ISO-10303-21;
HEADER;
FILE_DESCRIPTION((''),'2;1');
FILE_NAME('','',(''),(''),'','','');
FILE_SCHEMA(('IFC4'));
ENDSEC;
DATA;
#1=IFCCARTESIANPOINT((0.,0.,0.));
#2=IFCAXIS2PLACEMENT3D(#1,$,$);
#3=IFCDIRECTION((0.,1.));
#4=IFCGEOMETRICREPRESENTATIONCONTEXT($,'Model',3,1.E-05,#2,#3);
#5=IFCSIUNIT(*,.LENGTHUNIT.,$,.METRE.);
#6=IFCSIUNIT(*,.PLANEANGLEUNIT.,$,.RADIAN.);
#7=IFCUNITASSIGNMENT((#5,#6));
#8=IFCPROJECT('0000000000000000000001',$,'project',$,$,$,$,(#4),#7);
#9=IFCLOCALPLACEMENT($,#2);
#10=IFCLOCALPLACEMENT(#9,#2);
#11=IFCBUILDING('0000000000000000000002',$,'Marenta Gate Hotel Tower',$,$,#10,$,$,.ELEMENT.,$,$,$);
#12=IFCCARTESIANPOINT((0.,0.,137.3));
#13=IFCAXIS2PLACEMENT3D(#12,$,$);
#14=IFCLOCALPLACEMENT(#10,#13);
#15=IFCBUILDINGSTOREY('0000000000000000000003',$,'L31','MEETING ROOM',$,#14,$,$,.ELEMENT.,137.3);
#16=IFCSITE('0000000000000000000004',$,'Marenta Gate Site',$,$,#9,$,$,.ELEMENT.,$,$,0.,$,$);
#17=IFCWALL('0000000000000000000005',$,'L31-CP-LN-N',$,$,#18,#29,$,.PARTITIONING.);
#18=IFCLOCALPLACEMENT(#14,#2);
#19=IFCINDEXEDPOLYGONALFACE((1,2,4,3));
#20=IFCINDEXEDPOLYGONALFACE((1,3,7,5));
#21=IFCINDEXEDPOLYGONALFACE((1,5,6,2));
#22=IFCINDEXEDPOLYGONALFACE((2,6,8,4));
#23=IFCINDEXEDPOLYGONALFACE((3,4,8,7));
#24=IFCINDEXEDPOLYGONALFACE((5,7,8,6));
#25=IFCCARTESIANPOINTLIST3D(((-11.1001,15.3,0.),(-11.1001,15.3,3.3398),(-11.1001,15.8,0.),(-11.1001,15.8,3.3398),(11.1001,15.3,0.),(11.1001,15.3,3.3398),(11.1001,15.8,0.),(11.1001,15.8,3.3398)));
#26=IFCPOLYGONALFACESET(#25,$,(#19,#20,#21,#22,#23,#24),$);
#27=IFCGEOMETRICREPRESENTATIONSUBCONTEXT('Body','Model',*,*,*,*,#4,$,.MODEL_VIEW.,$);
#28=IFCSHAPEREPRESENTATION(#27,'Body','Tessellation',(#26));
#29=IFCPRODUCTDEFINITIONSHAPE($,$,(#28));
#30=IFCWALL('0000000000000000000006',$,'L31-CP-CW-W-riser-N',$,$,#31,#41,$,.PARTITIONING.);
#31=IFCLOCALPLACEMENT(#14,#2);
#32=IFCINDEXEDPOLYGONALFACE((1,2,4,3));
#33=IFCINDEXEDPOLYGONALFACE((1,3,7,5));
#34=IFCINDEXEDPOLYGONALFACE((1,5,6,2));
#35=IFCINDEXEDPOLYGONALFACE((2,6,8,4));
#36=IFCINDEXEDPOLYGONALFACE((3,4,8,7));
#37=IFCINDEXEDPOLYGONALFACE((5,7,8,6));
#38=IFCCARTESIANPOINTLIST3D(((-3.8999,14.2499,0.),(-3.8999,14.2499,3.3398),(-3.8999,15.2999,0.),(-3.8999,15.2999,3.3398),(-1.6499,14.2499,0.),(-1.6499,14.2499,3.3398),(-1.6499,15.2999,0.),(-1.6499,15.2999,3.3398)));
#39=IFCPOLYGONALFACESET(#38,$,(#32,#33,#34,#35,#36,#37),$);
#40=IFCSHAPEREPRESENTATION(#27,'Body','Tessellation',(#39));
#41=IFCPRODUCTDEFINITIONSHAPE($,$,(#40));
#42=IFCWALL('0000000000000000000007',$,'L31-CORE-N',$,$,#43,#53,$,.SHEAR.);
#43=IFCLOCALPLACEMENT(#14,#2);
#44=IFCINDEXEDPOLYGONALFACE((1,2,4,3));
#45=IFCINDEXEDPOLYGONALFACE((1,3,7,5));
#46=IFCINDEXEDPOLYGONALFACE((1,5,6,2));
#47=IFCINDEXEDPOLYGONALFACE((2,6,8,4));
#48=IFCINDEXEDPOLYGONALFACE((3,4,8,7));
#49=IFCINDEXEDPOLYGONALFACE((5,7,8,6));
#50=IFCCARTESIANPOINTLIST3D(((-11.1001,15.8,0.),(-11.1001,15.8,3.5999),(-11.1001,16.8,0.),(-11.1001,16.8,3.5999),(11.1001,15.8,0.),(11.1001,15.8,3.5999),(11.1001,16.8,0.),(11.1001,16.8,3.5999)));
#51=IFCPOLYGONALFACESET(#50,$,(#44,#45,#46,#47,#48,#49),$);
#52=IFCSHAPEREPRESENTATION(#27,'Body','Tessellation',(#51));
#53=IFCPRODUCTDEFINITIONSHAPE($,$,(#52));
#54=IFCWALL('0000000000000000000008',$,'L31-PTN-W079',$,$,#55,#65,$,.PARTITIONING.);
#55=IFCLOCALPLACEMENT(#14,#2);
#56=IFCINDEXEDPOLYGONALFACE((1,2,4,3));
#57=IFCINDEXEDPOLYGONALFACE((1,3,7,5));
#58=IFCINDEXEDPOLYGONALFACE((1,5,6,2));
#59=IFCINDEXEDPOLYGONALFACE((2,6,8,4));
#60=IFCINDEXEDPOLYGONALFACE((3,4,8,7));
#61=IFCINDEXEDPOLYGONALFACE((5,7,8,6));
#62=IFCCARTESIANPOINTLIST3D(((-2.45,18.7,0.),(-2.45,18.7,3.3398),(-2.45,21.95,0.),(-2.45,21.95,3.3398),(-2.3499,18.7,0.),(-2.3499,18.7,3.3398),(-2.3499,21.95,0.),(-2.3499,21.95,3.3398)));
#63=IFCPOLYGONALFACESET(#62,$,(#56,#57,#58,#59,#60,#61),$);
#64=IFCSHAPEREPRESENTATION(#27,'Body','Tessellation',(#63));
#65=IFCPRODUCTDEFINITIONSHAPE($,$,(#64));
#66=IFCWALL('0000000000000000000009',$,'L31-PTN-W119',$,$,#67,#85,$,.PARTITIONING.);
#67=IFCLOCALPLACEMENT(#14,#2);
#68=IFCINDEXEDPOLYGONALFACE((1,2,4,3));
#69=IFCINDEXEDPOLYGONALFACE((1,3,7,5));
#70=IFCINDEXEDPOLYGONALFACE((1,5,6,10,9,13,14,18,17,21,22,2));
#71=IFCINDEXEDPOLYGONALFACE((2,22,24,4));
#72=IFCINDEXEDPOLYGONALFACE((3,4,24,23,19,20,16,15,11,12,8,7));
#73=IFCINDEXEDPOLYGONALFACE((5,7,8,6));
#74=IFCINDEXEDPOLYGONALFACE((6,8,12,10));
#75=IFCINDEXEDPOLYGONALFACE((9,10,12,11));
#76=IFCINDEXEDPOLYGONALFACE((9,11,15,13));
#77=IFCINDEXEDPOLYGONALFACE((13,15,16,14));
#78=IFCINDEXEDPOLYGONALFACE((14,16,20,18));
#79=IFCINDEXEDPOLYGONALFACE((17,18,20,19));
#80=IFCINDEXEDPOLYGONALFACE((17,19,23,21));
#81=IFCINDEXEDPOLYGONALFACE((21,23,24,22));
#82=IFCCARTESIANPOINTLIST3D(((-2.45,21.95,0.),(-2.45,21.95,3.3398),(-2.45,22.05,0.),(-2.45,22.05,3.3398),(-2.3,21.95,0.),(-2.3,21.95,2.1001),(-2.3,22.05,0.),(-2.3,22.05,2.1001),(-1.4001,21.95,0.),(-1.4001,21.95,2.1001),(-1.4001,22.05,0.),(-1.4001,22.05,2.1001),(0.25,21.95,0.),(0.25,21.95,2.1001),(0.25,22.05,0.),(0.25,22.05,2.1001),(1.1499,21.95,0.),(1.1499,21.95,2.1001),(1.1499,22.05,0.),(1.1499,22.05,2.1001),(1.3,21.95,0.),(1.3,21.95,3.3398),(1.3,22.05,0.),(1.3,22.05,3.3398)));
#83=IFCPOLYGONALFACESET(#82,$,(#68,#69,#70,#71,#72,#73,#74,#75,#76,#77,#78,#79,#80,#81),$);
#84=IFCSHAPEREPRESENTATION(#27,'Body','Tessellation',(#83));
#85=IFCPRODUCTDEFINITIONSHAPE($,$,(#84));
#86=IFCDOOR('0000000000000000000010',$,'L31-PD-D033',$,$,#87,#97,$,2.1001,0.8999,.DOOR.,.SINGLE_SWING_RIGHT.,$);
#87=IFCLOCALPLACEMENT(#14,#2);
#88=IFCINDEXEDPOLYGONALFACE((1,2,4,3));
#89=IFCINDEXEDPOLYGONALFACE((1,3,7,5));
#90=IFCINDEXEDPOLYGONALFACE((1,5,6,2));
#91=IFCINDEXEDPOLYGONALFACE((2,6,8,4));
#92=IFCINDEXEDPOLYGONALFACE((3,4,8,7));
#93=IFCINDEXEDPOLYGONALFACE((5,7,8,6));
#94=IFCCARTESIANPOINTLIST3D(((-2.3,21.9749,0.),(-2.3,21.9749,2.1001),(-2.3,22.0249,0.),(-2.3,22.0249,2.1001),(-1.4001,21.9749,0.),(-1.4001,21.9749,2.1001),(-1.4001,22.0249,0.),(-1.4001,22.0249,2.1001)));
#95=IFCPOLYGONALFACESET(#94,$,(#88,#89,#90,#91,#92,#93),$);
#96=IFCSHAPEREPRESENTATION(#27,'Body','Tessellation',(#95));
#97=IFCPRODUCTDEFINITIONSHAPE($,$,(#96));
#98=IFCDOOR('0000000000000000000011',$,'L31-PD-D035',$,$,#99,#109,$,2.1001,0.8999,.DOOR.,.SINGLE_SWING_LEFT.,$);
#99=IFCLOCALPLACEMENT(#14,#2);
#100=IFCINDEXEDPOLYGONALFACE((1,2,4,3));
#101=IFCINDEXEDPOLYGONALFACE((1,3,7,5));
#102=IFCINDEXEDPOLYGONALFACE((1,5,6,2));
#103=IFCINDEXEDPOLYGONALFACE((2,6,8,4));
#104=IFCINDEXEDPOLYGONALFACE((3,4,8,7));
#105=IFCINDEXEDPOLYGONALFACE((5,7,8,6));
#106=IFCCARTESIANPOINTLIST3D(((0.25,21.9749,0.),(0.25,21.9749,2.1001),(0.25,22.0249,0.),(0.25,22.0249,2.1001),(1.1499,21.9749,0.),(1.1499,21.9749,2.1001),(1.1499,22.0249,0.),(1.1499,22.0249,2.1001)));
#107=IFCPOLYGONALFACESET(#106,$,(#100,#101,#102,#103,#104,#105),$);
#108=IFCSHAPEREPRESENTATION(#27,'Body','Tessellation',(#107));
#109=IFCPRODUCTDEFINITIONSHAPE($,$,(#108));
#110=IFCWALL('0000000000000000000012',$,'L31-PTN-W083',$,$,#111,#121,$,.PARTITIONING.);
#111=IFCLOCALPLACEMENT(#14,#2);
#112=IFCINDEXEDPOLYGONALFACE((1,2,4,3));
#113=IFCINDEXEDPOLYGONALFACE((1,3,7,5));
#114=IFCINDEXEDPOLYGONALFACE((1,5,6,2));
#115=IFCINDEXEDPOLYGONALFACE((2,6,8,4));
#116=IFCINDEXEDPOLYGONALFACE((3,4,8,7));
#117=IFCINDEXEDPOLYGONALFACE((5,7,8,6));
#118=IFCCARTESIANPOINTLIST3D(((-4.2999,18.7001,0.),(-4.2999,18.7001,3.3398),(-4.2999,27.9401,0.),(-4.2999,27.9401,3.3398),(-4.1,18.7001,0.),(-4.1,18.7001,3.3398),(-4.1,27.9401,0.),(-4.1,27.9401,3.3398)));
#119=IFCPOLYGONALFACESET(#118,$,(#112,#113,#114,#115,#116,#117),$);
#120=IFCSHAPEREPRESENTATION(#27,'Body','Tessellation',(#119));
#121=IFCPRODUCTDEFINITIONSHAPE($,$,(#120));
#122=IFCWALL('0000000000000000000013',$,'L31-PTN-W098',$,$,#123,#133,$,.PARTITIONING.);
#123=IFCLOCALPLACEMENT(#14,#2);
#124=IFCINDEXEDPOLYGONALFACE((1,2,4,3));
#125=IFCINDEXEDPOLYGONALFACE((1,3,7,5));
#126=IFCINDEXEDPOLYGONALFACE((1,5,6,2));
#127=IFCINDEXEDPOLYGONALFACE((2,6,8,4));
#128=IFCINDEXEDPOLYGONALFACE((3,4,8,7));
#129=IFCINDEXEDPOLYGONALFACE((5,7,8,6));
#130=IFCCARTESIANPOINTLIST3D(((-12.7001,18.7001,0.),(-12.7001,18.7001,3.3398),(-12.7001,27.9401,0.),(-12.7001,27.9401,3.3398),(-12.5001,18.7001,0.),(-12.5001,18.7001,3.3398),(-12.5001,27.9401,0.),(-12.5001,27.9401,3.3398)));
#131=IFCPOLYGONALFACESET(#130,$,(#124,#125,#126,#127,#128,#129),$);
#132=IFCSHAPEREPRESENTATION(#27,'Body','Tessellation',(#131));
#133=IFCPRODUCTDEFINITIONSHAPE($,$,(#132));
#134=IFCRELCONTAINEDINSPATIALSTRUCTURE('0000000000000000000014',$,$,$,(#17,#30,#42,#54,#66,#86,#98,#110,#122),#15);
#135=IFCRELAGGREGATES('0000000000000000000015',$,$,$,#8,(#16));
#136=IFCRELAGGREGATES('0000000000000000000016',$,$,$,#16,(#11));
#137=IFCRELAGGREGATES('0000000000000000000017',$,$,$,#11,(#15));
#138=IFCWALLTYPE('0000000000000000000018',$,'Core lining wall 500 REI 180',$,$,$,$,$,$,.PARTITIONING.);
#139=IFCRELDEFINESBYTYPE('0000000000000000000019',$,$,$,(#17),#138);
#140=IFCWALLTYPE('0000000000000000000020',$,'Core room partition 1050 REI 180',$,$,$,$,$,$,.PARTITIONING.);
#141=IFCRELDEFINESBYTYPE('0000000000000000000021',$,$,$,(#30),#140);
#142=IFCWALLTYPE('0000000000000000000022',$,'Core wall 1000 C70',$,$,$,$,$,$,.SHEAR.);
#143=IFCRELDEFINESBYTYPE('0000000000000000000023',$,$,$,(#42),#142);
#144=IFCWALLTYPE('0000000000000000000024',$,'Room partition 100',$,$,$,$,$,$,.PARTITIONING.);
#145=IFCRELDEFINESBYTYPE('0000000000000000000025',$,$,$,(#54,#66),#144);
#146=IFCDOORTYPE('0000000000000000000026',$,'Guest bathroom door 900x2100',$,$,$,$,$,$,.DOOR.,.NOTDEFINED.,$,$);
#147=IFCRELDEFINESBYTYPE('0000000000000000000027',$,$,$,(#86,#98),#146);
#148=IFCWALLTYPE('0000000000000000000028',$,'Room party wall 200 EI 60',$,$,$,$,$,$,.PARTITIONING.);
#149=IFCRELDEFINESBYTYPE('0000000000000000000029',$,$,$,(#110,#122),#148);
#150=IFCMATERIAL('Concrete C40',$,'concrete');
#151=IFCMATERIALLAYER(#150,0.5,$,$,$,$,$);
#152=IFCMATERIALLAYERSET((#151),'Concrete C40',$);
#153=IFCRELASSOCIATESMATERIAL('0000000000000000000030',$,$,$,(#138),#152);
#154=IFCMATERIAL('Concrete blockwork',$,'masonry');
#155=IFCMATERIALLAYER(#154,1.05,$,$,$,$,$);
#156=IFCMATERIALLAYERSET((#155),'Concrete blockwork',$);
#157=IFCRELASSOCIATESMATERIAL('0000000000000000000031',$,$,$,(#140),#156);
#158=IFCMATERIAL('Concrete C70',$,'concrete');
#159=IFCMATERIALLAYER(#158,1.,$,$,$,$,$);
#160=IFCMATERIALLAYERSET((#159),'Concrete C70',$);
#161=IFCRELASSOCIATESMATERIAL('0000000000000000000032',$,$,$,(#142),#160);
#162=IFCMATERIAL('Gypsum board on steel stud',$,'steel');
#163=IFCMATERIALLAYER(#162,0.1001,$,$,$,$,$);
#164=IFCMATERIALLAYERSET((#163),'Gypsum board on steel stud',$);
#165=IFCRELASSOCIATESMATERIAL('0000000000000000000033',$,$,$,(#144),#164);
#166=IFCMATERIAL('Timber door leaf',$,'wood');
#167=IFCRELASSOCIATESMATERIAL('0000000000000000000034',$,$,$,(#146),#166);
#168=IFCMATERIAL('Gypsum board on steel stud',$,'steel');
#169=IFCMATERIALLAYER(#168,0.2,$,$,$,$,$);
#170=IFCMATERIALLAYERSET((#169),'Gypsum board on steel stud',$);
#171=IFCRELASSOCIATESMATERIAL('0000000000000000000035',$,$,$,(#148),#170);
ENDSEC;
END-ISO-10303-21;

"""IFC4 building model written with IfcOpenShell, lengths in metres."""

from ifc_helpers import new_model, si_unit, direction, frame, frame_2d, origin, place, context, subcontext, project, spatial, rectangle, extrude, material, layer, layer_set, type_object, element, fill, save


model = new_model("IFC4")

# Units and contexts
model_context = context("Model", 3, precision=1e-05, world=origin(), true_north=direction((0.0, 1.0)))
body_context = subcontext(model_context, "Body", "Model", "MODEL_VIEW")
ifc_project = project(units=[si_unit("LENGTHUNIT", "METRE"), si_unit("PLANEANGLEUNIT", "RADIAN")], contexts=[model_context])

# Site, building, storey
site_placement = place(None, origin())
site = spatial("IfcSite", under=ifc_project, at=site_placement, Name="Marenta Gate Site", CompositionType="ELEMENT", RefElevation=0.0)
building_placement = place(site_placement, origin())
building = spatial("IfcBuilding", under=site, at=building_placement, Name="Marenta Gate Hotel Tower", CompositionType="ELEMENT")
storey_placement = place(building_placement, frame((0.0, 0.0, 137.3)))
storey = spatial("IfcBuildingStorey", under=building, at=storey_placement, Name="L31", Description="MEETING ROOM", CompositionType="ELEMENT", Elevation=137.3)

# Walls
ifc_material_1 = material(Name="Concrete C40", Category="concrete")
ifc_layer_1 = layer(ifc_material_1, 0.5)
ifc_layer_set_1 = layer_set([ifc_layer_1], Name="Concrete C40")
wall_type_1 = type_object("IfcWallType", Name="Core lining wall 500 REI 180", PredefinedType="PARTITIONING", material=ifc_layer_set_1)
wall_1_placement = place(storey_placement, frame((-11.1001, 15.55, 0.0), z_axis=(0.0, 0.0, 1.0), x_axis=(1.0, 0.0, 0.0)))
element("IfcWall", 1, at=wall_1_placement, inside=storey, type_object=wall_type_1, Name="L31-CP-LN-N", PredefinedType="PARTITIONING", context=body_context, shape_type="SweptSolid", body=[
    extrude(rectangle(XDim=22.2002, YDim=0.5, at=frame_2d((11.1001, 0.0))), origin(), (0.0, 0.0, 1.0), 3.3398),
])
ifc_material_2 = material(Name="Concrete blockwork", Category="masonry")
ifc_layer_2 = layer(ifc_material_2, 1.05)
ifc_layer_set_2 = layer_set([ifc_layer_2], Name="Concrete blockwork")
wall_type_2 = type_object("IfcWallType", Name="Core room partition 1050 REI 180", PredefinedType="PARTITIONING", material=ifc_layer_set_2)
wall_2_placement = place(storey_placement, frame((-3.8999, 14.7749, 0.0), z_axis=(0.0, 0.0, 1.0), x_axis=(1.0, 0.0, 0.0)))
element("IfcWall", 2, at=wall_2_placement, inside=storey, type_object=wall_type_2, Name="L31-CP-CW-W-riser-N", PredefinedType="PARTITIONING", context=body_context, shape_type="SweptSolid", body=[
    extrude(rectangle(XDim=2.25, YDim=1.05, at=frame_2d((1.125, 0.0))), origin(), (0.0, 0.0, 1.0), 3.3398),
])
ifc_material_3 = material(Name="Concrete C70", Category="concrete")
ifc_layer_3 = layer(ifc_material_3, 1.0)
ifc_layer_set_3 = layer_set([ifc_layer_3], Name="Concrete C70")
wall_type_3 = type_object("IfcWallType", Name="Core wall 1000 C70", PredefinedType="SHEAR", material=ifc_layer_set_3)
wall_3_placement = place(storey_placement, frame((-11.1001, 16.3, 0.0), z_axis=(0.0, 0.0, 1.0), x_axis=(1.0, 0.0, 0.0)))
element("IfcWall", 3, at=wall_3_placement, inside=storey, type_object=wall_type_3, Name="L31-CORE-N", PredefinedType="SHEAR", context=body_context, shape_type="SweptSolid", body=[
    extrude(rectangle(XDim=22.2002, YDim=1.0, at=frame_2d((11.1001, 0.0))), origin(), (0.0, 0.0, 1.0), 3.5999),
])
ifc_material_4 = material(Name="Gypsum board on steel stud", Category="steel")
ifc_layer_4 = layer(ifc_material_4, 0.1001)
ifc_layer_set_4 = layer_set([ifc_layer_4], Name="Gypsum board on steel stud")
wall_type_4 = type_object("IfcWallType", Name="Room partition 100", PredefinedType="PARTITIONING", material=ifc_layer_set_4)
wall_4_placement = place(storey_placement, frame((-2.3999, 18.7, 0.0), z_axis=(0.0, 0.0, 1.0), x_axis=(0.0, 1.0, 0.0)))
element("IfcWall", 4, at=wall_4_placement, inside=storey, type_object=wall_type_4, Name="L31-PTN-W079", PredefinedType="PARTITIONING", context=body_context, shape_type="SweptSolid", body=[
    extrude(rectangle(XDim=3.25, YDim=0.1001, at=frame_2d((1.625, 0.0))), origin(), (0.0, 0.0, 1.0), 3.3398),
])

# Wall, openings, doors
wall_5_placement = place(storey_placement, frame((-2.45, 22.0, 0.0), z_axis=(0.0, 0.0, 1.0), x_axis=(1.0, 0.0, 0.0)))
wall_5 = element("IfcWall", 5, at=wall_5_placement, inside=storey, type_object=wall_type_4, Name="L31-PTN-W119", PredefinedType="PARTITIONING", context=body_context, shape_type="SweptSolid", body=[
    extrude(rectangle(XDim=3.75, YDim=0.1001, at=frame_2d((1.875, 0.0))), origin(), (0.0, 0.0, 1.0), 3.3398),
])
opening_1_placement = place(wall_5_placement, frame((0.1499, 0.0, 0.0)))
opening_1 = element("IfcOpeningElement", 6, at=opening_1_placement, cuts=wall_5, PredefinedType="OPENING", context=body_context, shape_type="SweptSolid", body=[
    extrude(rectangle(XDim=0.8999, YDim=2.1001, at=frame_2d((0.45, 1.05))), frame((0.0, 0.05, 0.0), z_axis=(0.0, -1.0, 0.0), x_axis=(1.0, 0.0, 0.0)), (0.0, 0.0, 1.0), 0.1001),
])
opening_2_placement = place(wall_5_placement, frame((2.7, 0.0, 0.0)))
opening_2 = element("IfcOpeningElement", 7, at=opening_2_placement, cuts=wall_5, PredefinedType="OPENING", context=body_context, shape_type="SweptSolid", body=[
    extrude(rectangle(XDim=0.8999, YDim=2.1001, at=frame_2d((0.45, 1.05))), frame((0.0, 0.05, 0.0), z_axis=(0.0, -1.0, 0.0), x_axis=(1.0, 0.0, 0.0)), (0.0, 0.0, 1.0), 0.1001),
])
ifc_material_5 = material(Name="Timber door leaf", Category="wood")
door_type_1 = type_object("IfcDoorType", Name="Guest bathroom door 900x2100", OperationType="NOTDEFINED", PredefinedType="DOOR", material=ifc_material_5)
door_1_placement = place(opening_1_placement, origin())
door_1 = element("IfcDoor", 8, at=door_1_placement, inside=storey, type_object=door_type_1, Name="L31-PD-D033", OperationType="SINGLE_SWING_RIGHT", OverallHeight=2.1001, OverallWidth=0.8999, PredefinedType="DOOR", context=body_context, shape_type="SweptSolid", body=[
    extrude(rectangle(XDim=0.8999, YDim=2.1001, at=frame_2d((0.45, 1.05))), frame((0.0, 0.0249, 0.0), z_axis=(0.0, -1.0, 0.0), x_axis=(1.0, 0.0, 0.0)), (0.0, 0.0, 1.0), 0.05),
])
fill(opening_1, door_1)
door_2_placement = place(opening_2_placement, origin())
door_2 = element("IfcDoor", 9, at=door_2_placement, inside=storey, type_object=door_type_1, Name="L31-PD-D035", OperationType="SINGLE_SWING_LEFT", OverallHeight=2.1001, OverallWidth=0.8999, PredefinedType="DOOR", context=body_context, shape_type="SweptSolid", body=[
    extrude(rectangle(XDim=0.8999, YDim=2.1001, at=frame_2d((0.45, 1.05))), frame((0.0, 0.0249, 0.0), z_axis=(0.0, -1.0, 0.0), x_axis=(1.0, 0.0, 0.0)), (0.0, 0.0, 1.0), 0.05),
])
fill(opening_2, door_2)

# Walls
ifc_material_6 = material(Name="Gypsum board on steel stud", Category="steel")
ifc_layer_5 = layer(ifc_material_6, 0.2)
ifc_layer_set_5 = layer_set([ifc_layer_5], Name="Gypsum board on steel stud")
wall_type_5 = type_object("IfcWallType", Name="Room party wall 200 EI 60", PredefinedType="PARTITIONING", material=ifc_layer_set_5)
for number, where, z_axis, x_axis, name in (
    (10, (-4.2, 18.7, 0.0), (0.0, 0.0, 1.0), (0.0, 1.0, 0.0), "L31-PTN-W083"),
    (11, (-12.6001, 18.7, 0.0), (0.0, 0.0, 1.0), (0.0, 1.0, 0.0), "L31-PTN-W098"),
):
    element("IfcWall", number, at=place(storey_placement, frame(where, z_axis=z_axis, x_axis=x_axis)), inside=storey, type_object=wall_type_5, Name=name, PredefinedType="PARTITIONING", context=body_context, shape_type="SweptSolid", body=[
        extrude(rectangle(XDim=9.24, YDim=0.2, at=frame_2d((4.6201, 0.0))), origin(), (0.0, 0.0, 1.0), 3.3398),
    ])

save(model, "model.ifc")
